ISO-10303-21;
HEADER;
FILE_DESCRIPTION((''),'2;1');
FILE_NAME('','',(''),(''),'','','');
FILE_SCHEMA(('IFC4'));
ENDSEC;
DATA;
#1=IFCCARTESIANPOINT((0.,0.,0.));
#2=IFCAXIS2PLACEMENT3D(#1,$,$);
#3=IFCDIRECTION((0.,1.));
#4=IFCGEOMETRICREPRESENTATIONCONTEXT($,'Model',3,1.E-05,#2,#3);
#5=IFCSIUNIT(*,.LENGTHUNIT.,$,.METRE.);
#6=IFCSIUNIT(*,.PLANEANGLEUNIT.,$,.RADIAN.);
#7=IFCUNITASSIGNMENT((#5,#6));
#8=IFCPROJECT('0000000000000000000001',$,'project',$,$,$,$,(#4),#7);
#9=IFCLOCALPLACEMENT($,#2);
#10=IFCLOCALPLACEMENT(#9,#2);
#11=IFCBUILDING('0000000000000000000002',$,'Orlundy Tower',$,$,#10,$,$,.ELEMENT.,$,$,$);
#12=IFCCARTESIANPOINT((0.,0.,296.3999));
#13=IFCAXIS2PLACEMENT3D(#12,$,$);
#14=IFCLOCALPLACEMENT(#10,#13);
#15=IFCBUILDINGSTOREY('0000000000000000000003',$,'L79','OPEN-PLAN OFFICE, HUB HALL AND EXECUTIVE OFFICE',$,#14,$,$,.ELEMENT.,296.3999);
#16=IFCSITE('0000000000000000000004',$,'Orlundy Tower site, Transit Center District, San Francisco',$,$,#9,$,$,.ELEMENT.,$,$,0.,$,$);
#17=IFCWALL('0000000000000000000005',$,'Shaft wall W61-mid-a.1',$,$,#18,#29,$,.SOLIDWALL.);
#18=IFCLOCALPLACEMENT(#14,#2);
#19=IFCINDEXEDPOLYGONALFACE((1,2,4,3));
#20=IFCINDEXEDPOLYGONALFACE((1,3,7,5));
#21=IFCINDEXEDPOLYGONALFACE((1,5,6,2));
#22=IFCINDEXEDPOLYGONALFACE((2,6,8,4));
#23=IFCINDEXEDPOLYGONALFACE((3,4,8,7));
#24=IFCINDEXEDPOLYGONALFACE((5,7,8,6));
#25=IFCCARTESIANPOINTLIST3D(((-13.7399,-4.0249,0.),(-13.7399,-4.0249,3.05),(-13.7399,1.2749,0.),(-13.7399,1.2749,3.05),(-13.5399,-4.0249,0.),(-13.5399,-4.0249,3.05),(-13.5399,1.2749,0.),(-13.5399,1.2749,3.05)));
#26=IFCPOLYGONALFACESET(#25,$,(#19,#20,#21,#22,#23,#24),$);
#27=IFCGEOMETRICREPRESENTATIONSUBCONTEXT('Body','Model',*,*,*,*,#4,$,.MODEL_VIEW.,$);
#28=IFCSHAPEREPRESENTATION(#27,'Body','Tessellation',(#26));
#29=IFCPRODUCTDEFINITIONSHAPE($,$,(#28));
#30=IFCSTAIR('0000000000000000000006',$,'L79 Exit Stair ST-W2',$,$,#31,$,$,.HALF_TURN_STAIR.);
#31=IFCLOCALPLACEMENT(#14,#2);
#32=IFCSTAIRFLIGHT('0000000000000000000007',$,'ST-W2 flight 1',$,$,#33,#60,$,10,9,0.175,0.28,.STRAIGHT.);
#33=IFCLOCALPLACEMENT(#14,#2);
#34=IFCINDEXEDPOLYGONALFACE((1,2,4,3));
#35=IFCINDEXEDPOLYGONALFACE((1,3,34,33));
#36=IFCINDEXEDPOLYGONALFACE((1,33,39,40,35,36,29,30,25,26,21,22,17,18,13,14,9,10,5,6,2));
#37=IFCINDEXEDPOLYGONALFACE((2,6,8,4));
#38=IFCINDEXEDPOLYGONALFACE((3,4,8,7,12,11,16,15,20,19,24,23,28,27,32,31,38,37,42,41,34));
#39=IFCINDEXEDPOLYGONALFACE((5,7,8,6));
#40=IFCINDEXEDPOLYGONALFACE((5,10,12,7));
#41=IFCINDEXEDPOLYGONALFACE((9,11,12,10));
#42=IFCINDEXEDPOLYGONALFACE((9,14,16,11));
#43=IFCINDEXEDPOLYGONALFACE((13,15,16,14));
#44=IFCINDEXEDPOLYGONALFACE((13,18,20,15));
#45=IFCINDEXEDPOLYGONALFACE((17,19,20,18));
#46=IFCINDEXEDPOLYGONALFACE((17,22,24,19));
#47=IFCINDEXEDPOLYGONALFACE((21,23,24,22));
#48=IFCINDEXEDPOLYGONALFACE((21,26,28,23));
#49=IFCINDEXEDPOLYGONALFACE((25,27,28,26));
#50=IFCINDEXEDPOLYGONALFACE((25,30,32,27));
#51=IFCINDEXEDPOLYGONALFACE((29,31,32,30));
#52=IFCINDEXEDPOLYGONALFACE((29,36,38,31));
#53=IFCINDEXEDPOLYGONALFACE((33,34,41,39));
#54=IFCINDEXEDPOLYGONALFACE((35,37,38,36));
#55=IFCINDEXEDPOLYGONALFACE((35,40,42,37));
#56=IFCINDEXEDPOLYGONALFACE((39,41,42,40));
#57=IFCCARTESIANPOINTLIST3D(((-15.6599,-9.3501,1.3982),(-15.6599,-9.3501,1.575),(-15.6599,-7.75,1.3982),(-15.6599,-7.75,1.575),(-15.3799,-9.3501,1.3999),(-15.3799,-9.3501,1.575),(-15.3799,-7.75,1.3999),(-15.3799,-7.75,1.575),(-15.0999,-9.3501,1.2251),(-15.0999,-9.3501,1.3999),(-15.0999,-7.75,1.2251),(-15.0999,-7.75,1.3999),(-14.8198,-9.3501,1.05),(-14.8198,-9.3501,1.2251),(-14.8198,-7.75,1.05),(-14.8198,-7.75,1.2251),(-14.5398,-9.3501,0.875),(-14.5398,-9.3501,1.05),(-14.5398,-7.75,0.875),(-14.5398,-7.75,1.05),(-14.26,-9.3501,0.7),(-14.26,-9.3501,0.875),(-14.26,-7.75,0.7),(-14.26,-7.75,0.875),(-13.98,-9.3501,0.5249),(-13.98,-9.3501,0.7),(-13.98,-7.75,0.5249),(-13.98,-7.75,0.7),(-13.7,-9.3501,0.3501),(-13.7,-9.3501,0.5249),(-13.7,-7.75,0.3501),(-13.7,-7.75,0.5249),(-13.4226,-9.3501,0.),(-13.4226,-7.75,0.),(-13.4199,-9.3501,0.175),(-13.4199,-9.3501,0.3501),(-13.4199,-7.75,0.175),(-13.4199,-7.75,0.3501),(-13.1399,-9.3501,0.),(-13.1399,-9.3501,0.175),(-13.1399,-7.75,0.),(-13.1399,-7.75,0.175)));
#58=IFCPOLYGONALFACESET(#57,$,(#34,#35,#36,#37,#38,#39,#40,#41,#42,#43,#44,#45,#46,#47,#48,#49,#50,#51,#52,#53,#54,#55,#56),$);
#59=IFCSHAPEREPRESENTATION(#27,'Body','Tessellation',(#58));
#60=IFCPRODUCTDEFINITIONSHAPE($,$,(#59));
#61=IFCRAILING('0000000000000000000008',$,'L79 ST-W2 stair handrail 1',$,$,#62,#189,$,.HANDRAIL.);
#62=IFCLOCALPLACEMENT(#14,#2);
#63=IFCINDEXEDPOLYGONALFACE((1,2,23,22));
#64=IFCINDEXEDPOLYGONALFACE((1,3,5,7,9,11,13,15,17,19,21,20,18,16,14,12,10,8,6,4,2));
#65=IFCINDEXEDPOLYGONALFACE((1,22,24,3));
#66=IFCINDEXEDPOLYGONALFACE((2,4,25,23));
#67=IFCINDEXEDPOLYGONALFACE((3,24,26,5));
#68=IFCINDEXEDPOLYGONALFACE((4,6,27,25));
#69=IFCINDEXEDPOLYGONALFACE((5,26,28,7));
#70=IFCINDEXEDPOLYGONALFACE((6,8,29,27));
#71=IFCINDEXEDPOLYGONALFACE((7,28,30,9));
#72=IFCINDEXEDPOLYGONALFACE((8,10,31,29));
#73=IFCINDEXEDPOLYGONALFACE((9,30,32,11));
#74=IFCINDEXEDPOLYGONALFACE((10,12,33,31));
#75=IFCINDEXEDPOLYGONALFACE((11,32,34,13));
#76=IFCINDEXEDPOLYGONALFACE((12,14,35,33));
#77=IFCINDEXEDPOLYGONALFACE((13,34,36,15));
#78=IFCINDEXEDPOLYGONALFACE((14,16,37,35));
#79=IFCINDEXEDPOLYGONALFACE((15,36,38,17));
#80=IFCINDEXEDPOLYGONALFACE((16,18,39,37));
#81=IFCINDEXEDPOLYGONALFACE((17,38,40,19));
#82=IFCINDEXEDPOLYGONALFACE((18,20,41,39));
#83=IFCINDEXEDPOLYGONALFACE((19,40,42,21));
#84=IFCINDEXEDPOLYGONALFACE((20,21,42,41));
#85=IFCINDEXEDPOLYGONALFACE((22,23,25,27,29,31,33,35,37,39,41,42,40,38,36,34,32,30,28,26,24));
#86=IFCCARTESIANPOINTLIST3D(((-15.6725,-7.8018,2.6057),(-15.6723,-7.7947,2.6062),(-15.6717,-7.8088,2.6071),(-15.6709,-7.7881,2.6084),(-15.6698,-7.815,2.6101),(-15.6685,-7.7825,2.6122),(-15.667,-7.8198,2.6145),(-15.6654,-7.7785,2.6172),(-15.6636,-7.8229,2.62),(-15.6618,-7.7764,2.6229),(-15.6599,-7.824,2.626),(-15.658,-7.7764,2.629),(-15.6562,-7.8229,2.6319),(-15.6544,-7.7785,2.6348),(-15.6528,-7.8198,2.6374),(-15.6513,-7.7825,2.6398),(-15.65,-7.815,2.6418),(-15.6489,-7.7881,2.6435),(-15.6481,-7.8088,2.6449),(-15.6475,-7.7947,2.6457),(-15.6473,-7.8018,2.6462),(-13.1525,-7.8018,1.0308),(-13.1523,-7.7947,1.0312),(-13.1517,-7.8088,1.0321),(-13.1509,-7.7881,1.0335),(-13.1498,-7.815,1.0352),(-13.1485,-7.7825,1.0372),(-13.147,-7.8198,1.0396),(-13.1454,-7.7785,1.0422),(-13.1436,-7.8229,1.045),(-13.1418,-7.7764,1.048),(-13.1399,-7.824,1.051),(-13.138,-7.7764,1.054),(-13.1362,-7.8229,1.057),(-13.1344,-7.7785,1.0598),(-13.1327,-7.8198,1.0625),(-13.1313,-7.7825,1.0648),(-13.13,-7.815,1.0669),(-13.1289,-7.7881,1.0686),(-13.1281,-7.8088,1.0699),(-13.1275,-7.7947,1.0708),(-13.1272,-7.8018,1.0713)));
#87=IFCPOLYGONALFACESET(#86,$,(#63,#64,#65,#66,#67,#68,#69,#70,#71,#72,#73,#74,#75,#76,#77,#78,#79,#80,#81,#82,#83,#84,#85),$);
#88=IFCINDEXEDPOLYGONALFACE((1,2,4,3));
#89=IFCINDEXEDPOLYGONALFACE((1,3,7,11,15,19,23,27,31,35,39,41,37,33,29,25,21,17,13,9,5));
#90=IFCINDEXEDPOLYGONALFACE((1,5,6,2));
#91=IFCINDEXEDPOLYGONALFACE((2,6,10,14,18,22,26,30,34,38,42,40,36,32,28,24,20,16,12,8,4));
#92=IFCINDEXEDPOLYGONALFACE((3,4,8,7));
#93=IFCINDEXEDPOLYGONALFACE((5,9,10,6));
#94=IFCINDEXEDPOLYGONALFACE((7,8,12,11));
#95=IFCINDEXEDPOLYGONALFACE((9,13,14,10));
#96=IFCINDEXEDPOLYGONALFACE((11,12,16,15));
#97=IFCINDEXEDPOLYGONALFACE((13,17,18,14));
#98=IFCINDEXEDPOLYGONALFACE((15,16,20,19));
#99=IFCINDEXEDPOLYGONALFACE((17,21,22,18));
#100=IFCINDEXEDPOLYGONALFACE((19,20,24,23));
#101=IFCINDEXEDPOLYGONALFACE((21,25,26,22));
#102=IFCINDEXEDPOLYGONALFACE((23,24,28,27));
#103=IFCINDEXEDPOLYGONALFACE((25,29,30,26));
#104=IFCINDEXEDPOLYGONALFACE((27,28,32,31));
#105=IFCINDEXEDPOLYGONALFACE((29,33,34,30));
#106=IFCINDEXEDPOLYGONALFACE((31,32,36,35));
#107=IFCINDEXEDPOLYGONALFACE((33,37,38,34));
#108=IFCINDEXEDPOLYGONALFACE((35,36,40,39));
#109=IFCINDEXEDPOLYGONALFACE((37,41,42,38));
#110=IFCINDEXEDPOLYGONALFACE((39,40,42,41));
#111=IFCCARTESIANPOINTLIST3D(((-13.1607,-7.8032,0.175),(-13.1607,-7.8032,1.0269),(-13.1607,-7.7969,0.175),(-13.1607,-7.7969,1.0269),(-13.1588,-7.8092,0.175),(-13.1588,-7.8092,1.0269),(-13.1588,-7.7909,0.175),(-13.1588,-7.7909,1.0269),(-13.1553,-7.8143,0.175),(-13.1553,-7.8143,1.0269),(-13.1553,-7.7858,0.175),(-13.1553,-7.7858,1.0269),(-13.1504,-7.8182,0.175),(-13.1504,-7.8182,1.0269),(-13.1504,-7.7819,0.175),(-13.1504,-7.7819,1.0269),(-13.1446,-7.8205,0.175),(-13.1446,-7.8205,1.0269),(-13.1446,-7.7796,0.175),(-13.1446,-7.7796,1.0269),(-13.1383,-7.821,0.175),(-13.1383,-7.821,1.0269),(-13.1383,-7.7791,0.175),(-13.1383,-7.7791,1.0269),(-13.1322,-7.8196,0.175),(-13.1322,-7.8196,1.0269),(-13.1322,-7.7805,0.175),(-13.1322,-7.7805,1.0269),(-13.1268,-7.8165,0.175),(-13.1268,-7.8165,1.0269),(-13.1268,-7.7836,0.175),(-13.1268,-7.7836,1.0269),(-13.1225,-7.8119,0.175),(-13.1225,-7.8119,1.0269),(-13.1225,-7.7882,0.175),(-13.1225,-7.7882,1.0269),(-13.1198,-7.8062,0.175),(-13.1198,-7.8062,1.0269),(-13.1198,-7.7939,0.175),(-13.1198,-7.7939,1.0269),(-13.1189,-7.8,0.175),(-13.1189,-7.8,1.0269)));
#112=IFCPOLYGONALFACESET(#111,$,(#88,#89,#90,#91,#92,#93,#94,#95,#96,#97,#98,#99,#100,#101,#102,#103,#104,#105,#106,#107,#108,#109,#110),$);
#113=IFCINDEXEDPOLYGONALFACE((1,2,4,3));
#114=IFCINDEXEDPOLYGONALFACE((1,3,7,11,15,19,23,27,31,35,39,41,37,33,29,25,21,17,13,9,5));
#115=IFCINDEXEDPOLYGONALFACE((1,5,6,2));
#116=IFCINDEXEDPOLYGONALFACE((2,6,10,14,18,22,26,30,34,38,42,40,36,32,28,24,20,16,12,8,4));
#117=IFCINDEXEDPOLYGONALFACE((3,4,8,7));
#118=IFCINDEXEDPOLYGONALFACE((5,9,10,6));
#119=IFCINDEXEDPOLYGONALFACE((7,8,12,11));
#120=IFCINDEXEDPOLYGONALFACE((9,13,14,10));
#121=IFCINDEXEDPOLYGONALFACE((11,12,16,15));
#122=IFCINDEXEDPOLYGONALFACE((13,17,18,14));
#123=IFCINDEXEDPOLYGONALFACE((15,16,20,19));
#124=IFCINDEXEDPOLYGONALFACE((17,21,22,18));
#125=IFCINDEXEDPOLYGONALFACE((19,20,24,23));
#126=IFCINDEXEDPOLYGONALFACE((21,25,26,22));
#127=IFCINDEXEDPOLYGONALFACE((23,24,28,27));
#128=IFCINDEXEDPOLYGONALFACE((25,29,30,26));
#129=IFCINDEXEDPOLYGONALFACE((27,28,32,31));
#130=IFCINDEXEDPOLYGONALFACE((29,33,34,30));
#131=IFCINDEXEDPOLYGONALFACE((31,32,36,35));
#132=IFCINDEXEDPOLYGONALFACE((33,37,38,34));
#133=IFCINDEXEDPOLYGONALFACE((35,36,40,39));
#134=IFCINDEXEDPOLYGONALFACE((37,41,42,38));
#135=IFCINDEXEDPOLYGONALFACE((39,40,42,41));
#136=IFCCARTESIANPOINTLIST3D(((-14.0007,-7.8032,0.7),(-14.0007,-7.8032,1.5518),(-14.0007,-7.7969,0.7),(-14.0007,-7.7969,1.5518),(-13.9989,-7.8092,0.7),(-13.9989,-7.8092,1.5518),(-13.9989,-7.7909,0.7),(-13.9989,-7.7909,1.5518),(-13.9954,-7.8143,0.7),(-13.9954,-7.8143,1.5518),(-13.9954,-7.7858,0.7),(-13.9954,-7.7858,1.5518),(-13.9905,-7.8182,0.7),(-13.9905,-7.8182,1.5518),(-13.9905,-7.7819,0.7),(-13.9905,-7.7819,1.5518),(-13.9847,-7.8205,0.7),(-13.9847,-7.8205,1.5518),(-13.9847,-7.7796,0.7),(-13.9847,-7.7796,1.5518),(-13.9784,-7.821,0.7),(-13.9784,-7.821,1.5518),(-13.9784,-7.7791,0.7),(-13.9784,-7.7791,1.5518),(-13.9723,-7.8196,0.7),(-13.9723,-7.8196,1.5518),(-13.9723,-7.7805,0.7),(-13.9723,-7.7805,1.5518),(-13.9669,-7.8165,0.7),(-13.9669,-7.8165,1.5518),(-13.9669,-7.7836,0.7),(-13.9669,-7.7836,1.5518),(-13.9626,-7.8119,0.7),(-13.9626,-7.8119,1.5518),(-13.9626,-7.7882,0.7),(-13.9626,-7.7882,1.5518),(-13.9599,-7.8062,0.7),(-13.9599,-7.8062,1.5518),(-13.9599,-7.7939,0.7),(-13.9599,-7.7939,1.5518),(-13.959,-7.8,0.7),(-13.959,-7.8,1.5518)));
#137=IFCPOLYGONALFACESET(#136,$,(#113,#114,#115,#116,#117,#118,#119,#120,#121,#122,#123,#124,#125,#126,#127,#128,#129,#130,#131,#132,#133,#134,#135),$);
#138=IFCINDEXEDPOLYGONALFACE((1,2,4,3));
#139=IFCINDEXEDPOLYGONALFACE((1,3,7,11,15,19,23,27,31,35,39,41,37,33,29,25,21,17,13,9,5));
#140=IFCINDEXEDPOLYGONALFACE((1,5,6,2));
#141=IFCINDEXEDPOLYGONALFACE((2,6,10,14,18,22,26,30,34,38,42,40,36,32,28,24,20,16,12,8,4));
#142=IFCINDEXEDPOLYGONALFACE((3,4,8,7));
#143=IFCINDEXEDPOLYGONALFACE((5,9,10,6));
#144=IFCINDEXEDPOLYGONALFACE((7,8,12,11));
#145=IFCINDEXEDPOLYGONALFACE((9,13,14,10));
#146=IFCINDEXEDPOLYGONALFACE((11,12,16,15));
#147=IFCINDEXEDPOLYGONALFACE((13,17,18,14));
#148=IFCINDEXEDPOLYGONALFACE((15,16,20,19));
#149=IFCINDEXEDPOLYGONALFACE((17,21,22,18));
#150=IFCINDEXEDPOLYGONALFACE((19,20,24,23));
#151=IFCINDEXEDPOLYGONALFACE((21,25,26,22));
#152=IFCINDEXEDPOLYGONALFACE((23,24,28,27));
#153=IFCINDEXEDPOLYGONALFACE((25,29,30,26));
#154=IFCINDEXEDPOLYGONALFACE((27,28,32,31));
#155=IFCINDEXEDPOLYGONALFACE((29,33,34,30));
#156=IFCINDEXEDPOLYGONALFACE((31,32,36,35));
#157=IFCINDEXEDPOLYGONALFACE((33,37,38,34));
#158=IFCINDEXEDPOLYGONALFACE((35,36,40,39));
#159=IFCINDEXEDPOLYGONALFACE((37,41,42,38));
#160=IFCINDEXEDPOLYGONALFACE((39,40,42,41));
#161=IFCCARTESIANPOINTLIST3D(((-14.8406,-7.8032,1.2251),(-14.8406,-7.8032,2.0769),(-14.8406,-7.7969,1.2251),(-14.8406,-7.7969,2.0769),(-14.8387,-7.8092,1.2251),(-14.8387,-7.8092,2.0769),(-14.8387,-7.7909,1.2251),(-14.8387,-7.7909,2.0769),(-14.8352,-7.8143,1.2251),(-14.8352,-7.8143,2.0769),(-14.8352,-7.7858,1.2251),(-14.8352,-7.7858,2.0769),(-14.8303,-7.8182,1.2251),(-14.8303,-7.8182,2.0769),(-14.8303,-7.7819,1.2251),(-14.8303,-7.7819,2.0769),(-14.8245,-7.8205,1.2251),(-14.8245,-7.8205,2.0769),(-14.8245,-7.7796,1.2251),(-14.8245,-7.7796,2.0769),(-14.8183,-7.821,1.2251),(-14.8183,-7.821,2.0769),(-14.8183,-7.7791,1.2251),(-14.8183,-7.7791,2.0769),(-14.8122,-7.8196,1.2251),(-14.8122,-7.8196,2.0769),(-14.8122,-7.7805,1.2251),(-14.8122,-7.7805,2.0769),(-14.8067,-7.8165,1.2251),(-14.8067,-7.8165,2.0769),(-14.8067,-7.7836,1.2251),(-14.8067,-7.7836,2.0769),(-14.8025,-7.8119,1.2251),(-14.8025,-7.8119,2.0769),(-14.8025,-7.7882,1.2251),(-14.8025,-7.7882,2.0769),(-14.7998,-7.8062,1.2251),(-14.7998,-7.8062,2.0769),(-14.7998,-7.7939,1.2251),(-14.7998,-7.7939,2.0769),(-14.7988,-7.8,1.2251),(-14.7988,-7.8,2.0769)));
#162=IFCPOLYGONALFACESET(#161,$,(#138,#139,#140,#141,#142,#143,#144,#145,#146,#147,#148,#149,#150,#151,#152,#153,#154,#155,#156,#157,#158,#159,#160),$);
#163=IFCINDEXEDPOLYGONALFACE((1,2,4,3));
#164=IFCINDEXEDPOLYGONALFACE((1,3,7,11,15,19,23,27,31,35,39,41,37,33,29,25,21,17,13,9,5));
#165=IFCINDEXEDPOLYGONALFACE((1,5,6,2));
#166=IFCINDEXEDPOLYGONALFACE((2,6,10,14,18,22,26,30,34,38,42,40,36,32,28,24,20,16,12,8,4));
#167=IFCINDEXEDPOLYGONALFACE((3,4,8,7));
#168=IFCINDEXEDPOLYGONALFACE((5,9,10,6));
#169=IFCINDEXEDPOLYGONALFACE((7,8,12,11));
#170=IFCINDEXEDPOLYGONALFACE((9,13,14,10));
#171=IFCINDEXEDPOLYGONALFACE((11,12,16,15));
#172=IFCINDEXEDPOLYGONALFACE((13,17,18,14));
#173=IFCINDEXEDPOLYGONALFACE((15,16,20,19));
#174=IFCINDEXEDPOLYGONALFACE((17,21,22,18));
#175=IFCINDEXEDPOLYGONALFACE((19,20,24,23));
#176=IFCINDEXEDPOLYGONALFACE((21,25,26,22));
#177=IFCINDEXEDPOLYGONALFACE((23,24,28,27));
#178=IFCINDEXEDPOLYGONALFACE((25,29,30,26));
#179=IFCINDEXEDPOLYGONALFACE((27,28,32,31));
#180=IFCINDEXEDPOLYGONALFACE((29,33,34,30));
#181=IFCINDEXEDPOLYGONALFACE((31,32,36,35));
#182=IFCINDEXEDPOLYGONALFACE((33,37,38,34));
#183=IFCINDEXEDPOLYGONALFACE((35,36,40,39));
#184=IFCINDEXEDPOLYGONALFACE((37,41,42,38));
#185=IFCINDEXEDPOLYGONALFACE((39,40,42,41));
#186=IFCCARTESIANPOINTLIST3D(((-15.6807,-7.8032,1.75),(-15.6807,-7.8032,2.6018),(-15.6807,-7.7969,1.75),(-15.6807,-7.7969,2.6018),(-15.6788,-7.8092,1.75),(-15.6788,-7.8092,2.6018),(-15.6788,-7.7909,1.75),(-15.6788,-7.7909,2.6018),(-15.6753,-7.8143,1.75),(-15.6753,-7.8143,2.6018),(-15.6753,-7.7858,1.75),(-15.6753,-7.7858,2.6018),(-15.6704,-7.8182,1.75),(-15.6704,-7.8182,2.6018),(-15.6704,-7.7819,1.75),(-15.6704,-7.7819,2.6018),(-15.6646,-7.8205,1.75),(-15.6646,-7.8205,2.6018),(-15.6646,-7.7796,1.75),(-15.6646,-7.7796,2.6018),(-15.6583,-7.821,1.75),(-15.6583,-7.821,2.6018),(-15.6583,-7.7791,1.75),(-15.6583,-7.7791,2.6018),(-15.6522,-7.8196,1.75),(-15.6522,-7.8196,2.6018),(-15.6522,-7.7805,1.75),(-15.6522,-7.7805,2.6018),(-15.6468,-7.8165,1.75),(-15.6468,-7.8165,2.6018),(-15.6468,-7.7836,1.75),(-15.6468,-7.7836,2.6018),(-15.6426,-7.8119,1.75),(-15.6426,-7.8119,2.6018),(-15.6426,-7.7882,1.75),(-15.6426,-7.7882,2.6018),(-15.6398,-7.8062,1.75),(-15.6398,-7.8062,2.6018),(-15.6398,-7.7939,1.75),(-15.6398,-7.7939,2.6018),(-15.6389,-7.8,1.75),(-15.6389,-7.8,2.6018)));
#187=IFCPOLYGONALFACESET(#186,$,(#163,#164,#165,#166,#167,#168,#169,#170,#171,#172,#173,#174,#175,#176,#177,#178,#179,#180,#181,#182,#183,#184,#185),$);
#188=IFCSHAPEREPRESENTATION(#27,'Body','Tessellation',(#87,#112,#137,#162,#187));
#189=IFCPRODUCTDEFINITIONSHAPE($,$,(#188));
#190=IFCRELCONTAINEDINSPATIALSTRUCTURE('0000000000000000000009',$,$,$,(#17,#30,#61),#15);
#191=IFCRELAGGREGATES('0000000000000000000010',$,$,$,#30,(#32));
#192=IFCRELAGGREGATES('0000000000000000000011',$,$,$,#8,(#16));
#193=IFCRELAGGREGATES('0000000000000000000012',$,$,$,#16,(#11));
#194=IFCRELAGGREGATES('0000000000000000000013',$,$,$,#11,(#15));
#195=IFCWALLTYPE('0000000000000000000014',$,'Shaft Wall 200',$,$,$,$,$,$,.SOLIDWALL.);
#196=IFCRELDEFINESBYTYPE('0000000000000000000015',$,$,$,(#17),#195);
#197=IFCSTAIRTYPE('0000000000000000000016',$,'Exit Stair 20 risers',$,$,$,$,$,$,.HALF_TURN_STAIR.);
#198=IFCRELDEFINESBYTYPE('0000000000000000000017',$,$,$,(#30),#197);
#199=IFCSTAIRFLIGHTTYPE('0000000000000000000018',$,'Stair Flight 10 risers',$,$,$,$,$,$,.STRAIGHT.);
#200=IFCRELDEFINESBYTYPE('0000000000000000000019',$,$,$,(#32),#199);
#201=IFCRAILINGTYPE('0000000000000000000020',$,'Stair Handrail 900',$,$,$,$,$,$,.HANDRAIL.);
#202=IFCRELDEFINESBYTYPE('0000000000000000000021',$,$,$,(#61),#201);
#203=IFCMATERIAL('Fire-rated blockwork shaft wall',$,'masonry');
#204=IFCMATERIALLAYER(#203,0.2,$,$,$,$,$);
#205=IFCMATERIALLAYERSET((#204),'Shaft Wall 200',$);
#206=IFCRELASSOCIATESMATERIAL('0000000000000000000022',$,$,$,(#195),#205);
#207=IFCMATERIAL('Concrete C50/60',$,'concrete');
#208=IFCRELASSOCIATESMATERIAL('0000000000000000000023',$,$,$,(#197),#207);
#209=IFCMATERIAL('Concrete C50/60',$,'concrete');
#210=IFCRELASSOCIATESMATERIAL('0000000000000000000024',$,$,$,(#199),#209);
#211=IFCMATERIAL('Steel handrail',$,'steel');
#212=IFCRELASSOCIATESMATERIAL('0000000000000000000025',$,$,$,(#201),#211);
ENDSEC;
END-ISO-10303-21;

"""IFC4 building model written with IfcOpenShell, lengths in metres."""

from ifc_helpers import new_model, si_unit, direction, frame, frame_2d, origin, origin_2d, place, context, subcontext, project, spatial, polyline, rectangle, circle, outline, extrude, material, layer, layer_set, type_object, element, aggregate, save


model = new_model("IFC4")

# Units and contexts
model_context = context("Model", 3, precision=1e-05, world=origin(), true_north=direction((0.0, 1.0)))
body_context = subcontext(model_context, "Body", "Model", "MODEL_VIEW")
ifc_project = project(units=[si_unit("LENGTHUNIT", "METRE"), si_unit("PLANEANGLEUNIT", "RADIAN")], contexts=[model_context])

# Site, building, storey
site_placement = place(None, origin())
site = spatial("IfcSite", under=ifc_project, at=site_placement, Name="Orlundy Tower site, Transit Center District, San Francisco", CompositionType="ELEMENT", RefElevation=0.0)
building_placement = place(site_placement, origin())
building = spatial("IfcBuilding", under=site, at=building_placement, Name="Orlundy Tower", CompositionType="ELEMENT")
storey_placement = place(building_placement, frame((0.0, 0.0, 296.3999)))
storey = spatial("IfcBuildingStorey", under=building, at=storey_placement, Name="L79", Description="OPEN-PLAN OFFICE, HUB HALL AND EXECUTIVE OFFICE", CompositionType="ELEMENT", Elevation=296.3999)

# Shared definitions
ifc_material_1 = material(Name="Fire-rated blockwork shaft wall", Category="masonry")
ifc_layer_1 = layer(ifc_material_1, 0.2)
ifc_layer_set_1 = layer_set([ifc_layer_1], Name="Shaft Wall 200")
wall_type_1 = type_object("IfcWallType", Name="Shaft Wall 200", PredefinedType="SOLIDWALL", material=ifc_layer_set_1)

# Wall
wall_1_placement = place(storey_placement, frame((-13.6399, -4.0249, 0.0), z_axis=(0.0, 0.0, 1.0), x_axis=(0.0, 1.0, 0.0)))
element("IfcWall", 1, at=wall_1_placement, inside=storey, type_object=wall_type_1, Name="Shaft wall W61-mid-a.1", PredefinedType="SOLIDWALL", context=body_context, shape_type="SweptSolid", body=[
    extrude(rectangle(XDim=5.2998, YDim=0.2, at=frame_2d((2.6499, 0.0))), origin(), (0.0, 0.0, 1.0), 3.05),
])

# Stair, stair flight
ifc_material_2 = material(Name="Concrete C50/60", Category="concrete")
stair_type = type_object("IfcStairType", Name="Exit Stair 20 risers", PredefinedType="HALF_TURN_STAIR", material=ifc_material_2)
stair_placement = place(storey_placement, origin())
stair = element("IfcStair", 2, at=stair_placement, inside=storey, type_object=stair_type, Name="L79 Exit Stair ST-W2", PredefinedType="HALF_TURN_STAIR")
ifc_material_3 = material(Name="Concrete C50/60", Category="concrete")
stair_flight_type = type_object("IfcStairFlightType", Name="Stair Flight 10 risers", PredefinedType="STRAIGHT", material=ifc_material_3)
stair_flight_placement = place(storey_placement, frame((-13.1399, -8.55, 0.0), z_axis=(0.0, 0.0, 1.0), x_axis=(-1.0, 0.0, 0.0)))
stair_flight = element("IfcStairFlight", 3, at=stair_flight_placement, type_object=stair_flight_type, Name="ST-W2 flight 1", NumberOfRisers=10, NumberOfTreads=9, PredefinedType="STRAIGHT", RiserHeight=0.175, TreadLength=0.28, context=body_context, shape_type="SweptSolid", body=[
    extrude(outline(polyline([(0.0, 0.0), (0.0, 0.175), (0.28, 0.175), (0.28, 0.3501), (0.5601, 0.3501), (0.5601, 0.5249), (0.8401, 0.5249), (0.8401, 0.7), (1.1201, 0.7), (1.1201, 0.875), (1.3999, 0.875), (1.3999, 1.05), (1.6799, 1.05), (1.6799, 1.2251), (1.96, 1.2251), (1.96, 1.3999), (2.24, 1.3999), (2.24, 1.575), (2.52, 1.575), (2.52, 1.75), (2.52, 1.3982), (0.2827, 0.0), (0.0, 0.0)])), frame((0.0, 0.8, 0.0), z_axis=(0.0, -1.0, 0.0), x_axis=(1.0, 0.0, 0.0)), (0.0, 0.0, 1.0), 1.6001),
])
aggregate(stair, [stair_flight])

# Railing
ifc_material_4 = material(Name="Steel handrail", Category="steel")
railing_type_1 = type_object("IfcRailingType", Name="Stair Handrail 900", PredefinedType="HANDRAIL", material=ifc_material_4)
railing_1_placement = place(storey_placement, frame((-13.1399, -7.8, 0.175)))
element("IfcRailing", 4, at=railing_1_placement, inside=storey, type_object=railing_type_1, Name="L79 ST-W2 stair handrail 1", PredefinedType="HANDRAIL", context=body_context, shape_type="SweptSolid", body=[
    extrude(circle(Radius=0.0239, at=origin_2d()), frame((0.0, 0.0, 0.876), z_axis=(-0.848008, 0.0, 0.529984), x_axis=(0.0, -1.0, 0.0)), (0.0, 0.0, 1.0), 2.9717),
    extrude(circle(Radius=0.021, at=origin_2d()), origin(), (0.0, 0.0, 1.0), 0.8518),
    extrude(circle(Radius=0.021, at=origin_2d()), frame((-0.8401, 0.0, 0.5249)), (0.0, 0.0, 1.0), 0.8518),
    extrude(circle(Radius=0.021, at=origin_2d()), frame((-1.6799, 0.0, 1.05)), (0.0, 0.0, 1.0), 0.8518),
    extrude(circle(Radius=0.021, at=origin_2d()), frame((-2.52, 0.0, 1.575)), (0.0, 0.0, 1.0), 0.8518),
])

save(model, "model.ifc")
